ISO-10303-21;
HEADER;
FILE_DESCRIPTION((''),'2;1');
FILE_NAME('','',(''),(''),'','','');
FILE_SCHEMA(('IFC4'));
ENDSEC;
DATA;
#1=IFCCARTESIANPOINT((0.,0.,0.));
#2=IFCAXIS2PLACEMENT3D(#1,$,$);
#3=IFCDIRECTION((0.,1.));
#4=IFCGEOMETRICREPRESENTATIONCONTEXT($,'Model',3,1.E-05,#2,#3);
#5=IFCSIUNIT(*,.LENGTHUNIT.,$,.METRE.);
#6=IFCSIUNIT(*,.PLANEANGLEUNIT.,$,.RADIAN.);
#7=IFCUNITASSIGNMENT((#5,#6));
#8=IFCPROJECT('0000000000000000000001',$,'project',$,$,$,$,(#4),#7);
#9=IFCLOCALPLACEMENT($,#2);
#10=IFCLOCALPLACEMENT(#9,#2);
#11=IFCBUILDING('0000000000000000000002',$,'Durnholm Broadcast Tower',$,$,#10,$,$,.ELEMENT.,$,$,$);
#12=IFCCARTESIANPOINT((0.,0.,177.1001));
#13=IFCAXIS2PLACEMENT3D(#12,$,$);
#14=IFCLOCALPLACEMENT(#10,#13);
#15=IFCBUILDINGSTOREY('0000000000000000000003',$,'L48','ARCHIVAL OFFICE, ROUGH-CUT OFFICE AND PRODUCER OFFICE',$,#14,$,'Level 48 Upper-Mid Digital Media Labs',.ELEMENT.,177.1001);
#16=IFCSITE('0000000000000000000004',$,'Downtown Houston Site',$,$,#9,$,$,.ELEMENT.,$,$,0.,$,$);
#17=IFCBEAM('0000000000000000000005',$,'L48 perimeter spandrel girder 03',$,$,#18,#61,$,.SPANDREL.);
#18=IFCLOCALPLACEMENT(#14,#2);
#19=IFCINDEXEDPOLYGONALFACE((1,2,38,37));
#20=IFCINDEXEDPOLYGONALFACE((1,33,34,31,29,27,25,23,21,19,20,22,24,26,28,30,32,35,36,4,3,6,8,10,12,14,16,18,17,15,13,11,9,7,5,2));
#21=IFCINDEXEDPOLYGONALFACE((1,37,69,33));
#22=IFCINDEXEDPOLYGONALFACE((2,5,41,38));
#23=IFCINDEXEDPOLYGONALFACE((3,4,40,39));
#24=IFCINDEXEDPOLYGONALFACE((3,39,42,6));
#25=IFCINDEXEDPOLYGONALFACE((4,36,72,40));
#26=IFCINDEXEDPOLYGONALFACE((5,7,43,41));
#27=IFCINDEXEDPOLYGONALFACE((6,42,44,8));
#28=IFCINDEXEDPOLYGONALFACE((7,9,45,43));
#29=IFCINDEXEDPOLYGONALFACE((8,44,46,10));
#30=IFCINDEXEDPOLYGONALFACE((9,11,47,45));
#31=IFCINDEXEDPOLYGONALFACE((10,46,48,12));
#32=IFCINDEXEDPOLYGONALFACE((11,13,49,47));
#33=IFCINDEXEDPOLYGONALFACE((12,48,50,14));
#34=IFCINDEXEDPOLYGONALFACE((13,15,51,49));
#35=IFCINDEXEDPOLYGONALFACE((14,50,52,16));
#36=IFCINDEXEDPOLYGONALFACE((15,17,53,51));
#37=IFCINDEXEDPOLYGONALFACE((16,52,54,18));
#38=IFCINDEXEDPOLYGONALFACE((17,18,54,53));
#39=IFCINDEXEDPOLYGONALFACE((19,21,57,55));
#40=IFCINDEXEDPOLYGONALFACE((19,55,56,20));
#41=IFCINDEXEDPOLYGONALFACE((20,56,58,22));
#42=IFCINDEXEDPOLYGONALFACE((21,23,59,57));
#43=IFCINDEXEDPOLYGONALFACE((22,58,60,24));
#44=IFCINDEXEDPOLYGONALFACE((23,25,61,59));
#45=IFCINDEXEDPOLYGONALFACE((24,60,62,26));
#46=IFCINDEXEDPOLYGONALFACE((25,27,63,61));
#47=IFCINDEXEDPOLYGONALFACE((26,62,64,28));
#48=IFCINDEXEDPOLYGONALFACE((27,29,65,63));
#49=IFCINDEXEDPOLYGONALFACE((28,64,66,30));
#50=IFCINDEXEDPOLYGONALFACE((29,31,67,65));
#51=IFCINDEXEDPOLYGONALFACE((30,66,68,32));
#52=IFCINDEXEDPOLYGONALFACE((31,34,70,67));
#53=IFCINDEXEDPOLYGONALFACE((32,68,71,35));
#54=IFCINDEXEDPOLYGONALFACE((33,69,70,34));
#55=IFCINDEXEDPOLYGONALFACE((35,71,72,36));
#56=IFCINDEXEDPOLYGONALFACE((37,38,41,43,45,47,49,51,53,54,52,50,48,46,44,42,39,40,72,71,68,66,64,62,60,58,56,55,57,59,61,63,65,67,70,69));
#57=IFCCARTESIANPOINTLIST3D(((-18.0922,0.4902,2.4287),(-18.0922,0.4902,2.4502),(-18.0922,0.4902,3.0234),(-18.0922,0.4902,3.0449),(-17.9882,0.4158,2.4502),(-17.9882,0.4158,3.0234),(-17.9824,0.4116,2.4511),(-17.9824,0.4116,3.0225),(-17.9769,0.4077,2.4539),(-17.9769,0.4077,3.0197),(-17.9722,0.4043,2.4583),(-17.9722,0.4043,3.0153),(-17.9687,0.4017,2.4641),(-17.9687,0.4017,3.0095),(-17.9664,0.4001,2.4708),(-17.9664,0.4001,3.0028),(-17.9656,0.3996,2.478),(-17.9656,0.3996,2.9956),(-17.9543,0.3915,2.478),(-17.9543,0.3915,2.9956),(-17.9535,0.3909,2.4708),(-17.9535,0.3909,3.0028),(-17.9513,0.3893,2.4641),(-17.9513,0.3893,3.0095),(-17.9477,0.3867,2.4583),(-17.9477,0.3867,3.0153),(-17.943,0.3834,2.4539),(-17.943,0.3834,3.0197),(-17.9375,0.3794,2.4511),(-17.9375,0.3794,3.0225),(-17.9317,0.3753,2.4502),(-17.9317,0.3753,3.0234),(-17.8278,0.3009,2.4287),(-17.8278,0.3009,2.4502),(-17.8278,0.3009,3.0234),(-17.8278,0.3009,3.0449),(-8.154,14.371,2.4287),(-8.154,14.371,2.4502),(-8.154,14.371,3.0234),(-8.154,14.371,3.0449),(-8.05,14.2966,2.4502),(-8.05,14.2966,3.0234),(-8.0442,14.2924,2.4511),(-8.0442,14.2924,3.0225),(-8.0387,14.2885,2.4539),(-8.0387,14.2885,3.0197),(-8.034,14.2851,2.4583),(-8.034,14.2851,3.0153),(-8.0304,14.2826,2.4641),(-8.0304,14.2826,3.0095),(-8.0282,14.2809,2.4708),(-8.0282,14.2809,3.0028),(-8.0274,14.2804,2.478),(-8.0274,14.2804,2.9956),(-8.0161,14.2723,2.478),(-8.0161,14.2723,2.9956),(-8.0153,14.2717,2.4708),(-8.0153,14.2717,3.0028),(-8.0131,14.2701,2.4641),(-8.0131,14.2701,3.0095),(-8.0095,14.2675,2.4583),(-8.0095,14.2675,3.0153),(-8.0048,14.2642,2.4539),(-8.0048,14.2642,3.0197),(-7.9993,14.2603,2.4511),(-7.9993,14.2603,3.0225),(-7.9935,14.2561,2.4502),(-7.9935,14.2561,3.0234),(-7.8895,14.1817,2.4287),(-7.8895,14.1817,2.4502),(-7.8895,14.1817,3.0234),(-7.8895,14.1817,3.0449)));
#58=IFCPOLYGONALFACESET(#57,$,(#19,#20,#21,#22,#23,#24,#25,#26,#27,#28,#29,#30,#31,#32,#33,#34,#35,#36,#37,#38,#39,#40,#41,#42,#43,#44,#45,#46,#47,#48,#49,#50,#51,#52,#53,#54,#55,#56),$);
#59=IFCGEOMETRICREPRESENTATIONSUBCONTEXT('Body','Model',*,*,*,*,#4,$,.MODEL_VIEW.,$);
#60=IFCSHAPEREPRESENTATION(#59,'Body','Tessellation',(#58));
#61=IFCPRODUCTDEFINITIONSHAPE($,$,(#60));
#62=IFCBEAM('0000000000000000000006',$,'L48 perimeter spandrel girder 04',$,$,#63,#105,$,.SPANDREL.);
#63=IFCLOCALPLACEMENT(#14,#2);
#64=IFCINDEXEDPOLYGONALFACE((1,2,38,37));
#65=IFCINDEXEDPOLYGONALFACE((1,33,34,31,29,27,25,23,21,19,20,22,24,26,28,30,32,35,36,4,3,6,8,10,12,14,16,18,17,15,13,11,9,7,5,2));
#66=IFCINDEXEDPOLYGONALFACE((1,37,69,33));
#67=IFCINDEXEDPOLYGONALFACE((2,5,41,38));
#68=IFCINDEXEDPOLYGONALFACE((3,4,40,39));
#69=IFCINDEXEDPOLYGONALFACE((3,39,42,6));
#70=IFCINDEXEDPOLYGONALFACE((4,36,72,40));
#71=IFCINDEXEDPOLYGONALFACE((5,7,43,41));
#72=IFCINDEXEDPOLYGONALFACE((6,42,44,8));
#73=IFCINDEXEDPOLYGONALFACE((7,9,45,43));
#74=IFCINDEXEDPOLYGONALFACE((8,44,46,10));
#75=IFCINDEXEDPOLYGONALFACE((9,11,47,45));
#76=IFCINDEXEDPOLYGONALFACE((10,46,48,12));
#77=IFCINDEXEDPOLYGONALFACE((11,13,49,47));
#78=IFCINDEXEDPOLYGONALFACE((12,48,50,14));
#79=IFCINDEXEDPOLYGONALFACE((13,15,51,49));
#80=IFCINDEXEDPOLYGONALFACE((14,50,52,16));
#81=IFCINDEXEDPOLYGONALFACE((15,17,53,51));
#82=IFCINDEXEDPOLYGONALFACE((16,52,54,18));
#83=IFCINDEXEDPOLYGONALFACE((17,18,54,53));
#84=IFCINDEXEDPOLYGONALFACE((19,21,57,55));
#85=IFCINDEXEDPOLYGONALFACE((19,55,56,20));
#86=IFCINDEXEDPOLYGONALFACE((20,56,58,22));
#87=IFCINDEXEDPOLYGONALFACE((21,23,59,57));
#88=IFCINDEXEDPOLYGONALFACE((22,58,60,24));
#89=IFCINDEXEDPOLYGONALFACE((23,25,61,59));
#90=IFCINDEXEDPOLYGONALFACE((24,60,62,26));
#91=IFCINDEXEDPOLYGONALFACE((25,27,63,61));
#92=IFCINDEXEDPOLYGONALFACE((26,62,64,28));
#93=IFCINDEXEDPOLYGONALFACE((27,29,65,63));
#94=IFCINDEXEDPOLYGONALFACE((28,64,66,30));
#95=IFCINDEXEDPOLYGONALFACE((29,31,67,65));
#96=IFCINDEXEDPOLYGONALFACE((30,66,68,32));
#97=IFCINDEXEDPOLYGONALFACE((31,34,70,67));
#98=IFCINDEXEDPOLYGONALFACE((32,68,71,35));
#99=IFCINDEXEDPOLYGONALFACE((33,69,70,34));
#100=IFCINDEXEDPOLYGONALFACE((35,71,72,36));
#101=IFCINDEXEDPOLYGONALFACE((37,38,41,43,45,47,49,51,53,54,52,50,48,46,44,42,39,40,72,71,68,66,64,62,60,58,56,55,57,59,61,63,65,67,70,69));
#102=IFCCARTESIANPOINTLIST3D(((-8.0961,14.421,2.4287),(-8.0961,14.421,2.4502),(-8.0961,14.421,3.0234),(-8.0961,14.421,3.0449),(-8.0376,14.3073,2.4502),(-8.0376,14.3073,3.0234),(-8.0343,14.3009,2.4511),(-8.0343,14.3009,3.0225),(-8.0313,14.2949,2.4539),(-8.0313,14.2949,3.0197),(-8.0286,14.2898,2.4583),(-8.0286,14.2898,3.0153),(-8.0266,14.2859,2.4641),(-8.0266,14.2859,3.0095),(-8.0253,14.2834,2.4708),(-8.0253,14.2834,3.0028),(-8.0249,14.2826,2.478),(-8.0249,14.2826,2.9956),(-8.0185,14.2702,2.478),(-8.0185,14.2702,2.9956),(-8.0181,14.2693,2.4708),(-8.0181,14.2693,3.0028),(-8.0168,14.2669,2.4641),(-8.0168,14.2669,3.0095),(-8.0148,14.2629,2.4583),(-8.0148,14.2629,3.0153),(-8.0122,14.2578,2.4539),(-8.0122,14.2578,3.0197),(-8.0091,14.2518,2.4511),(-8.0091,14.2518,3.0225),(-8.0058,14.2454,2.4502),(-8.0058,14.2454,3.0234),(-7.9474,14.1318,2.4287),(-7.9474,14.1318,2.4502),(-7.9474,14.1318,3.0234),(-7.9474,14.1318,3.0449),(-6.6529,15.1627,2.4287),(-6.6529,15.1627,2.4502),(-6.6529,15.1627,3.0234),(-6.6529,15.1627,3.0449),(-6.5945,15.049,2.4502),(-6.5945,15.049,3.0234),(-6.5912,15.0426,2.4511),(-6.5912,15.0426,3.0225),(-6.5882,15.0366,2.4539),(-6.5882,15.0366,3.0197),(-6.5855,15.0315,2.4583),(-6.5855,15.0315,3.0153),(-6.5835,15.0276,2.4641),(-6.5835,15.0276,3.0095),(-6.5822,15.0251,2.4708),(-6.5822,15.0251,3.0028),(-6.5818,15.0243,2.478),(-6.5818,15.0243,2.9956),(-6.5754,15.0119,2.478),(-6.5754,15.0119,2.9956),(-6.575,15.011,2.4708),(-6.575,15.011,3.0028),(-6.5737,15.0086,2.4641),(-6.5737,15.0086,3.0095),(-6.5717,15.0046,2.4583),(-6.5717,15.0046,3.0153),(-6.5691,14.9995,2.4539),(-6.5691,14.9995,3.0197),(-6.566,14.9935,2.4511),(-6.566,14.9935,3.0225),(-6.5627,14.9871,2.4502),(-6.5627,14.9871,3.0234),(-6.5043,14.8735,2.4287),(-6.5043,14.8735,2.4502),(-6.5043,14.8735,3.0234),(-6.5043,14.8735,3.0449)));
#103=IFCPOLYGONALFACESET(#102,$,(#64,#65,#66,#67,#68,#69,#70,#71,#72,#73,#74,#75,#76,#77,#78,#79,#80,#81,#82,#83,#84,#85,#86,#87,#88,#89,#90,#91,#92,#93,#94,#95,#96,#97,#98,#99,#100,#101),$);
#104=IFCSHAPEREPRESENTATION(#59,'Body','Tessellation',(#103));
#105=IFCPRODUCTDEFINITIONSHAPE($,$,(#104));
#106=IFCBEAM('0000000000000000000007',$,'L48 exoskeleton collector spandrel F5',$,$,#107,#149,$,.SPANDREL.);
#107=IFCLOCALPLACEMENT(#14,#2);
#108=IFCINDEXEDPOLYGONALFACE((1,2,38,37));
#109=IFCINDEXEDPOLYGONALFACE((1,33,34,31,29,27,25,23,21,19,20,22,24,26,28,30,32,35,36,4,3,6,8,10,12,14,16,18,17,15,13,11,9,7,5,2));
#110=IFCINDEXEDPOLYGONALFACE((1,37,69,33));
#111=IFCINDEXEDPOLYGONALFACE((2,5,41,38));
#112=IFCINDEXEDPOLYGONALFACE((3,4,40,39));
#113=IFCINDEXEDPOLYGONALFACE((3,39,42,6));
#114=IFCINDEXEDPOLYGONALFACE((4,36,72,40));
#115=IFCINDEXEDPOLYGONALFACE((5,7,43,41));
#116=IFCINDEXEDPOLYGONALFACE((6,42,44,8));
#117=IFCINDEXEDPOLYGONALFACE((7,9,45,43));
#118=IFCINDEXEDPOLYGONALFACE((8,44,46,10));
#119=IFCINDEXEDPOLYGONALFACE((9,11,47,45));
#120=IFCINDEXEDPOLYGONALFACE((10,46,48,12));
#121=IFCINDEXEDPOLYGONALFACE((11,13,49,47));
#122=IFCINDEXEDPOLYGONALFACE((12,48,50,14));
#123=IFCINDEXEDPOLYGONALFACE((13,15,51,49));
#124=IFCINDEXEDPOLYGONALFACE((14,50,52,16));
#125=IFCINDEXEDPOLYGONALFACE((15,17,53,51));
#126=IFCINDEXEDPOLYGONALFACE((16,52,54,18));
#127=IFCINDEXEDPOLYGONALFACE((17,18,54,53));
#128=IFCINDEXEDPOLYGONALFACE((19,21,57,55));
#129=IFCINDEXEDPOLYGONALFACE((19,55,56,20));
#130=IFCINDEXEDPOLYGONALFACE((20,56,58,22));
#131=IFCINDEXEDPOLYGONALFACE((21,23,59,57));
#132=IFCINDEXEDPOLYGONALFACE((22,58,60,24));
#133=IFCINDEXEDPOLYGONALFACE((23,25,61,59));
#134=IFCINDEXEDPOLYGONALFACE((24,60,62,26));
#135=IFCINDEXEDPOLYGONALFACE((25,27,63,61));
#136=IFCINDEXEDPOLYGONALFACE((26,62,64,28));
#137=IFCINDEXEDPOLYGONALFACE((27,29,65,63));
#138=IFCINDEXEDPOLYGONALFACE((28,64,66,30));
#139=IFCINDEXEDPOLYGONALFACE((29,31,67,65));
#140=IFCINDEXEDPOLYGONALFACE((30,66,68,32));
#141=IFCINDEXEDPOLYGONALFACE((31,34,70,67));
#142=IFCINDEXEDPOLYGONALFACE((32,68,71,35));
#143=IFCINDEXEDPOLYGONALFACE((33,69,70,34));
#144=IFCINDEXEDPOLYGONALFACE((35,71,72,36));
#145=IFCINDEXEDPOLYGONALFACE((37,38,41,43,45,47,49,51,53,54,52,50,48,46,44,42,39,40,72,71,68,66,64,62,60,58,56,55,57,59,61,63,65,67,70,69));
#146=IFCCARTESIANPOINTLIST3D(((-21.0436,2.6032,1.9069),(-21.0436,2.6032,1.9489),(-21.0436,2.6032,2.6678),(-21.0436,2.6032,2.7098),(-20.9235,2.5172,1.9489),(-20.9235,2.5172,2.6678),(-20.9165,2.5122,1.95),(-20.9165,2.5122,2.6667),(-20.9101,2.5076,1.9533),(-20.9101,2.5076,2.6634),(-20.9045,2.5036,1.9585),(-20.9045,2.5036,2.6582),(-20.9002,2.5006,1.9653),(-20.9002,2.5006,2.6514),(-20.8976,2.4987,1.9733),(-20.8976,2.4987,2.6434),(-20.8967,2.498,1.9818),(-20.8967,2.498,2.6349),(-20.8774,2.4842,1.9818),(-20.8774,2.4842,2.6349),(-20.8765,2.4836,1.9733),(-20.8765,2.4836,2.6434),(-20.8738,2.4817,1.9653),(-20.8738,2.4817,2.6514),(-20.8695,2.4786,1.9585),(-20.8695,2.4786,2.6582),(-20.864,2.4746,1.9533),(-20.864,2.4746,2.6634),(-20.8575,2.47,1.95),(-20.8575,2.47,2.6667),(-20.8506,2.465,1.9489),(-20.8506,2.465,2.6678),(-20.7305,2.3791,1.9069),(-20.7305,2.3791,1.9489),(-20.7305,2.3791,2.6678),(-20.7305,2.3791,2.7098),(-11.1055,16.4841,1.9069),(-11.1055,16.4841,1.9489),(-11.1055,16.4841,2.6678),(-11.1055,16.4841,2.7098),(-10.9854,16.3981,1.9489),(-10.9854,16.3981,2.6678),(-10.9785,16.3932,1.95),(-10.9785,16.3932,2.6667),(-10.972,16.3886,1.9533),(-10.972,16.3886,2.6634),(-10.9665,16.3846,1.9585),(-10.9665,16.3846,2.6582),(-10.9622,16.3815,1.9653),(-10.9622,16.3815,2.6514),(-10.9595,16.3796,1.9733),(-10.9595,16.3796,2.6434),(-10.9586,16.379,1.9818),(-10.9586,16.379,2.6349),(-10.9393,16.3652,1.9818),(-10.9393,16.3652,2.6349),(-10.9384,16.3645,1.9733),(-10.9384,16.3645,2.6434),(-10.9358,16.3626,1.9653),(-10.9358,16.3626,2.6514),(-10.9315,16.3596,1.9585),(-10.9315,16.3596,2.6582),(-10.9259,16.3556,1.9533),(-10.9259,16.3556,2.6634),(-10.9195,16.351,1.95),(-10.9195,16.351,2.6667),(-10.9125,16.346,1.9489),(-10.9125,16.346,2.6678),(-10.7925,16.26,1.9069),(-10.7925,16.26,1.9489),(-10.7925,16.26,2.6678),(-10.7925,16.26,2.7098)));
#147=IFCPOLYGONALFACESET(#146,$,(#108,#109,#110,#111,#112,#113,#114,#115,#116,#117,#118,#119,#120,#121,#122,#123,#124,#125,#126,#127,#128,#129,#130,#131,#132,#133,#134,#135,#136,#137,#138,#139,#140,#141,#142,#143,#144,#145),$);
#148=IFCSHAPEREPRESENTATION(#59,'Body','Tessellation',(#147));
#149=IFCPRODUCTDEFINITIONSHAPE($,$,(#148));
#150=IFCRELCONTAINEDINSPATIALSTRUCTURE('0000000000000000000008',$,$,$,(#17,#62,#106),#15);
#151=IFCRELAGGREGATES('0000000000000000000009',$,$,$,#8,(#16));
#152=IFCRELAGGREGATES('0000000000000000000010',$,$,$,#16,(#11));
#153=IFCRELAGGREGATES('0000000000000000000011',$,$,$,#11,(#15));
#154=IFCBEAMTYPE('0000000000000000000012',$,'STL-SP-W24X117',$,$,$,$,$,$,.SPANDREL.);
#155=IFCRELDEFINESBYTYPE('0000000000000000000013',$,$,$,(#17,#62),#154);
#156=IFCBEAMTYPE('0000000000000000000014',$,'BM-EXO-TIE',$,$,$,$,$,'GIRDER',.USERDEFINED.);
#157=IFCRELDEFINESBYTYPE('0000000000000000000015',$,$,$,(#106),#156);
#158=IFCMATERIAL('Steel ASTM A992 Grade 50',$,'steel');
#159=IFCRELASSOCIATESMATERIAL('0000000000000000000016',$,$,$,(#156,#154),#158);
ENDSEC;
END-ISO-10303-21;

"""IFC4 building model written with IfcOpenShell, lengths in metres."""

from ifc_helpers import new_model, si_unit, direction, frame, origin, origin_2d, place, context, subcontext, project, spatial, i_section, extrude, source, transform, mapped, material, material_profile, profile_set, type_object, type_shapes, element, save


model = new_model("IFC4")

# Units and contexts
model_context = context("Model", 3, precision=1e-05, world=origin(), true_north=direction((0.0, 1.0)))
body_context = subcontext(model_context, "Body", "Model", "MODEL_VIEW")
ifc_project = project(units=[si_unit("LENGTHUNIT", "METRE"), si_unit("PLANEANGLEUNIT", "RADIAN")], contexts=[model_context])

# Site, building, storey
site_placement = place(None, origin())
site = spatial("IfcSite", under=ifc_project, at=site_placement, Name="Downtown Houston Site", CompositionType="ELEMENT", RefElevation=0.0)
building_placement = place(site_placement, origin())
building = spatial("IfcBuilding", under=site, at=building_placement, Name="Durnholm Broadcast Tower", CompositionType="ELEMENT")
storey_placement = place(building_placement, frame((0.0, 0.0, 177.1001)))
storey = spatial("IfcBuildingStorey", under=building, at=storey_placement, Name="L48", Description="ARCHIVAL OFFICE, ROUGH-CUT OFFICE AND PRODUCER OFFICE", LongName="Level 48 Upper-Mid Digital Media Labs", CompositionType="ELEMENT", Elevation=177.1001)

# Beams
ifc_material_1 = material(Name="Steel ASTM A992 Grade 50", Category="steel")
ifc_material_profile_1 = material_profile(ifc_material_1, i_section(OverallWidth=0.385, OverallDepth=0.803, WebThickness=0.0237, FlangeThickness=0.042, FilletRadius=0.033, at=origin_2d()), Name="W30X261")
ifc_profile_set_1 = profile_set([ifc_material_profile_1], Name="Steel ASTM A992 Grade 50")
beam_type_1 = type_object("IfcBeamType", Name="BM-EXO-TIE", ElementType="GIRDER", PredefinedType="USERDEFINED", material=ifc_profile_set_1)
ifc_material_profile_2 = material_profile(ifc_material_1, i_section(OverallWidth=0.3252, OverallDepth=0.6162, WebThickness=0.0139, FlangeThickness=0.0215, FilletRadius=0.0278, at=origin_2d()), Name="W24X117")
ifc_profile_set_2 = profile_set([ifc_material_profile_2], Name="Steel ASTM A992 Grade 50")
beam_type_2 = type_object("IfcBeamType", Name="STL-SP-W24X117", PredefinedType="SPANDREL", material=ifc_profile_set_2)
shared_shape_1 = source(origin(), body_context, "Body", "SweptSolid", [
    extrude(i_section(OverallWidth=0.3252, OverallDepth=0.6162, WebThickness=0.0139, FlangeThickness=0.0215, FilletRadius=0.0278, at=origin_2d()), origin(), (0.0, 0.0, 1.0), 17.0718),
])
beam_1_placement = place(storey_placement, frame((-17.96, 0.3955, 2.7368), z_axis=(0.582143, 0.813087, 0.0), x_axis=(-0.813087, 0.582143, 0.0)))
element("IfcBeam", 1, at=beam_1_placement, inside=storey, type_object=beam_type_2, Name="L48 perimeter spandrel girder 03", PredefinedType="SPANDREL", context=body_context, shape_type="MappedRepresentation", body=[
    mapped(shared_shape_1, transform((0.0, 0.0, 0.0), x_axis=(1.0, 0.0, 0.0), y_axis=(0.0, 1.0, 0.0), z_axis=(0.0, 0.0, 1.0), scale=1.0)),
])
shared_shape_2 = source(origin(), body_context, "Body", "SweptSolid", [
    extrude(i_section(OverallWidth=0.3252, OverallDepth=0.6162, WebThickness=0.0139, FlangeThickness=0.0215, FilletRadius=0.0278, at=origin_2d()), origin(), (0.0, 0.0, 1.0), 1.6226),
])
type_shapes(beam_type_2, [shared_shape_1, shared_shape_2])
beam_2_placement = place(storey_placement, frame((-8.0217, 14.2764, 2.7368), z_axis=(0.889407, 0.457117, 0.0), x_axis=(-0.457117, 0.889407, 0.0)))
element("IfcBeam", 2, at=beam_2_placement, inside=storey, type_object=beam_type_2, Name="L48 perimeter spandrel girder 04", PredefinedType="SPANDREL", context=body_context, shape_type="MappedRepresentation", body=[
    mapped(shared_shape_2, transform((0.0, 0.0, 0.0), x_axis=(1.0, 0.0, 0.0), y_axis=(0.0, 1.0, 0.0), z_axis=(0.0, 0.0, 1.0), scale=1.0)),
])
shared_shape_3 = source(origin(), body_context, "Body", "SweptSolid", [
    extrude(i_section(OverallWidth=0.385, OverallDepth=0.803, WebThickness=0.0237, FlangeThickness=0.042, FilletRadius=0.033, at=origin_2d()), origin(), (0.0, 0.0, 1.0), 17.0718),
])
beam_3_placement = place(storey_placement, frame((-10.949, 16.3721, 2.3083), z_axis=(-0.582133, -0.813093, 0.0), x_axis=(0.813093, -0.582133, 0.0)))
element("IfcBeam", 3, at=beam_3_placement, inside=storey, type_object=beam_type_1, Name="L48 exoskeleton collector spandrel F5", PredefinedType="SPANDREL", context=body_context, shape_type="MappedRepresentation", body=[
    mapped(shared_shape_3, transform((0.0, 0.0, 0.0), x_axis=(1.0, 0.0, 0.0), y_axis=(0.0, 1.0, 0.0), z_axis=(0.0, 0.0, 1.0), scale=1.0)),
])

save(model, "model.ifc")
